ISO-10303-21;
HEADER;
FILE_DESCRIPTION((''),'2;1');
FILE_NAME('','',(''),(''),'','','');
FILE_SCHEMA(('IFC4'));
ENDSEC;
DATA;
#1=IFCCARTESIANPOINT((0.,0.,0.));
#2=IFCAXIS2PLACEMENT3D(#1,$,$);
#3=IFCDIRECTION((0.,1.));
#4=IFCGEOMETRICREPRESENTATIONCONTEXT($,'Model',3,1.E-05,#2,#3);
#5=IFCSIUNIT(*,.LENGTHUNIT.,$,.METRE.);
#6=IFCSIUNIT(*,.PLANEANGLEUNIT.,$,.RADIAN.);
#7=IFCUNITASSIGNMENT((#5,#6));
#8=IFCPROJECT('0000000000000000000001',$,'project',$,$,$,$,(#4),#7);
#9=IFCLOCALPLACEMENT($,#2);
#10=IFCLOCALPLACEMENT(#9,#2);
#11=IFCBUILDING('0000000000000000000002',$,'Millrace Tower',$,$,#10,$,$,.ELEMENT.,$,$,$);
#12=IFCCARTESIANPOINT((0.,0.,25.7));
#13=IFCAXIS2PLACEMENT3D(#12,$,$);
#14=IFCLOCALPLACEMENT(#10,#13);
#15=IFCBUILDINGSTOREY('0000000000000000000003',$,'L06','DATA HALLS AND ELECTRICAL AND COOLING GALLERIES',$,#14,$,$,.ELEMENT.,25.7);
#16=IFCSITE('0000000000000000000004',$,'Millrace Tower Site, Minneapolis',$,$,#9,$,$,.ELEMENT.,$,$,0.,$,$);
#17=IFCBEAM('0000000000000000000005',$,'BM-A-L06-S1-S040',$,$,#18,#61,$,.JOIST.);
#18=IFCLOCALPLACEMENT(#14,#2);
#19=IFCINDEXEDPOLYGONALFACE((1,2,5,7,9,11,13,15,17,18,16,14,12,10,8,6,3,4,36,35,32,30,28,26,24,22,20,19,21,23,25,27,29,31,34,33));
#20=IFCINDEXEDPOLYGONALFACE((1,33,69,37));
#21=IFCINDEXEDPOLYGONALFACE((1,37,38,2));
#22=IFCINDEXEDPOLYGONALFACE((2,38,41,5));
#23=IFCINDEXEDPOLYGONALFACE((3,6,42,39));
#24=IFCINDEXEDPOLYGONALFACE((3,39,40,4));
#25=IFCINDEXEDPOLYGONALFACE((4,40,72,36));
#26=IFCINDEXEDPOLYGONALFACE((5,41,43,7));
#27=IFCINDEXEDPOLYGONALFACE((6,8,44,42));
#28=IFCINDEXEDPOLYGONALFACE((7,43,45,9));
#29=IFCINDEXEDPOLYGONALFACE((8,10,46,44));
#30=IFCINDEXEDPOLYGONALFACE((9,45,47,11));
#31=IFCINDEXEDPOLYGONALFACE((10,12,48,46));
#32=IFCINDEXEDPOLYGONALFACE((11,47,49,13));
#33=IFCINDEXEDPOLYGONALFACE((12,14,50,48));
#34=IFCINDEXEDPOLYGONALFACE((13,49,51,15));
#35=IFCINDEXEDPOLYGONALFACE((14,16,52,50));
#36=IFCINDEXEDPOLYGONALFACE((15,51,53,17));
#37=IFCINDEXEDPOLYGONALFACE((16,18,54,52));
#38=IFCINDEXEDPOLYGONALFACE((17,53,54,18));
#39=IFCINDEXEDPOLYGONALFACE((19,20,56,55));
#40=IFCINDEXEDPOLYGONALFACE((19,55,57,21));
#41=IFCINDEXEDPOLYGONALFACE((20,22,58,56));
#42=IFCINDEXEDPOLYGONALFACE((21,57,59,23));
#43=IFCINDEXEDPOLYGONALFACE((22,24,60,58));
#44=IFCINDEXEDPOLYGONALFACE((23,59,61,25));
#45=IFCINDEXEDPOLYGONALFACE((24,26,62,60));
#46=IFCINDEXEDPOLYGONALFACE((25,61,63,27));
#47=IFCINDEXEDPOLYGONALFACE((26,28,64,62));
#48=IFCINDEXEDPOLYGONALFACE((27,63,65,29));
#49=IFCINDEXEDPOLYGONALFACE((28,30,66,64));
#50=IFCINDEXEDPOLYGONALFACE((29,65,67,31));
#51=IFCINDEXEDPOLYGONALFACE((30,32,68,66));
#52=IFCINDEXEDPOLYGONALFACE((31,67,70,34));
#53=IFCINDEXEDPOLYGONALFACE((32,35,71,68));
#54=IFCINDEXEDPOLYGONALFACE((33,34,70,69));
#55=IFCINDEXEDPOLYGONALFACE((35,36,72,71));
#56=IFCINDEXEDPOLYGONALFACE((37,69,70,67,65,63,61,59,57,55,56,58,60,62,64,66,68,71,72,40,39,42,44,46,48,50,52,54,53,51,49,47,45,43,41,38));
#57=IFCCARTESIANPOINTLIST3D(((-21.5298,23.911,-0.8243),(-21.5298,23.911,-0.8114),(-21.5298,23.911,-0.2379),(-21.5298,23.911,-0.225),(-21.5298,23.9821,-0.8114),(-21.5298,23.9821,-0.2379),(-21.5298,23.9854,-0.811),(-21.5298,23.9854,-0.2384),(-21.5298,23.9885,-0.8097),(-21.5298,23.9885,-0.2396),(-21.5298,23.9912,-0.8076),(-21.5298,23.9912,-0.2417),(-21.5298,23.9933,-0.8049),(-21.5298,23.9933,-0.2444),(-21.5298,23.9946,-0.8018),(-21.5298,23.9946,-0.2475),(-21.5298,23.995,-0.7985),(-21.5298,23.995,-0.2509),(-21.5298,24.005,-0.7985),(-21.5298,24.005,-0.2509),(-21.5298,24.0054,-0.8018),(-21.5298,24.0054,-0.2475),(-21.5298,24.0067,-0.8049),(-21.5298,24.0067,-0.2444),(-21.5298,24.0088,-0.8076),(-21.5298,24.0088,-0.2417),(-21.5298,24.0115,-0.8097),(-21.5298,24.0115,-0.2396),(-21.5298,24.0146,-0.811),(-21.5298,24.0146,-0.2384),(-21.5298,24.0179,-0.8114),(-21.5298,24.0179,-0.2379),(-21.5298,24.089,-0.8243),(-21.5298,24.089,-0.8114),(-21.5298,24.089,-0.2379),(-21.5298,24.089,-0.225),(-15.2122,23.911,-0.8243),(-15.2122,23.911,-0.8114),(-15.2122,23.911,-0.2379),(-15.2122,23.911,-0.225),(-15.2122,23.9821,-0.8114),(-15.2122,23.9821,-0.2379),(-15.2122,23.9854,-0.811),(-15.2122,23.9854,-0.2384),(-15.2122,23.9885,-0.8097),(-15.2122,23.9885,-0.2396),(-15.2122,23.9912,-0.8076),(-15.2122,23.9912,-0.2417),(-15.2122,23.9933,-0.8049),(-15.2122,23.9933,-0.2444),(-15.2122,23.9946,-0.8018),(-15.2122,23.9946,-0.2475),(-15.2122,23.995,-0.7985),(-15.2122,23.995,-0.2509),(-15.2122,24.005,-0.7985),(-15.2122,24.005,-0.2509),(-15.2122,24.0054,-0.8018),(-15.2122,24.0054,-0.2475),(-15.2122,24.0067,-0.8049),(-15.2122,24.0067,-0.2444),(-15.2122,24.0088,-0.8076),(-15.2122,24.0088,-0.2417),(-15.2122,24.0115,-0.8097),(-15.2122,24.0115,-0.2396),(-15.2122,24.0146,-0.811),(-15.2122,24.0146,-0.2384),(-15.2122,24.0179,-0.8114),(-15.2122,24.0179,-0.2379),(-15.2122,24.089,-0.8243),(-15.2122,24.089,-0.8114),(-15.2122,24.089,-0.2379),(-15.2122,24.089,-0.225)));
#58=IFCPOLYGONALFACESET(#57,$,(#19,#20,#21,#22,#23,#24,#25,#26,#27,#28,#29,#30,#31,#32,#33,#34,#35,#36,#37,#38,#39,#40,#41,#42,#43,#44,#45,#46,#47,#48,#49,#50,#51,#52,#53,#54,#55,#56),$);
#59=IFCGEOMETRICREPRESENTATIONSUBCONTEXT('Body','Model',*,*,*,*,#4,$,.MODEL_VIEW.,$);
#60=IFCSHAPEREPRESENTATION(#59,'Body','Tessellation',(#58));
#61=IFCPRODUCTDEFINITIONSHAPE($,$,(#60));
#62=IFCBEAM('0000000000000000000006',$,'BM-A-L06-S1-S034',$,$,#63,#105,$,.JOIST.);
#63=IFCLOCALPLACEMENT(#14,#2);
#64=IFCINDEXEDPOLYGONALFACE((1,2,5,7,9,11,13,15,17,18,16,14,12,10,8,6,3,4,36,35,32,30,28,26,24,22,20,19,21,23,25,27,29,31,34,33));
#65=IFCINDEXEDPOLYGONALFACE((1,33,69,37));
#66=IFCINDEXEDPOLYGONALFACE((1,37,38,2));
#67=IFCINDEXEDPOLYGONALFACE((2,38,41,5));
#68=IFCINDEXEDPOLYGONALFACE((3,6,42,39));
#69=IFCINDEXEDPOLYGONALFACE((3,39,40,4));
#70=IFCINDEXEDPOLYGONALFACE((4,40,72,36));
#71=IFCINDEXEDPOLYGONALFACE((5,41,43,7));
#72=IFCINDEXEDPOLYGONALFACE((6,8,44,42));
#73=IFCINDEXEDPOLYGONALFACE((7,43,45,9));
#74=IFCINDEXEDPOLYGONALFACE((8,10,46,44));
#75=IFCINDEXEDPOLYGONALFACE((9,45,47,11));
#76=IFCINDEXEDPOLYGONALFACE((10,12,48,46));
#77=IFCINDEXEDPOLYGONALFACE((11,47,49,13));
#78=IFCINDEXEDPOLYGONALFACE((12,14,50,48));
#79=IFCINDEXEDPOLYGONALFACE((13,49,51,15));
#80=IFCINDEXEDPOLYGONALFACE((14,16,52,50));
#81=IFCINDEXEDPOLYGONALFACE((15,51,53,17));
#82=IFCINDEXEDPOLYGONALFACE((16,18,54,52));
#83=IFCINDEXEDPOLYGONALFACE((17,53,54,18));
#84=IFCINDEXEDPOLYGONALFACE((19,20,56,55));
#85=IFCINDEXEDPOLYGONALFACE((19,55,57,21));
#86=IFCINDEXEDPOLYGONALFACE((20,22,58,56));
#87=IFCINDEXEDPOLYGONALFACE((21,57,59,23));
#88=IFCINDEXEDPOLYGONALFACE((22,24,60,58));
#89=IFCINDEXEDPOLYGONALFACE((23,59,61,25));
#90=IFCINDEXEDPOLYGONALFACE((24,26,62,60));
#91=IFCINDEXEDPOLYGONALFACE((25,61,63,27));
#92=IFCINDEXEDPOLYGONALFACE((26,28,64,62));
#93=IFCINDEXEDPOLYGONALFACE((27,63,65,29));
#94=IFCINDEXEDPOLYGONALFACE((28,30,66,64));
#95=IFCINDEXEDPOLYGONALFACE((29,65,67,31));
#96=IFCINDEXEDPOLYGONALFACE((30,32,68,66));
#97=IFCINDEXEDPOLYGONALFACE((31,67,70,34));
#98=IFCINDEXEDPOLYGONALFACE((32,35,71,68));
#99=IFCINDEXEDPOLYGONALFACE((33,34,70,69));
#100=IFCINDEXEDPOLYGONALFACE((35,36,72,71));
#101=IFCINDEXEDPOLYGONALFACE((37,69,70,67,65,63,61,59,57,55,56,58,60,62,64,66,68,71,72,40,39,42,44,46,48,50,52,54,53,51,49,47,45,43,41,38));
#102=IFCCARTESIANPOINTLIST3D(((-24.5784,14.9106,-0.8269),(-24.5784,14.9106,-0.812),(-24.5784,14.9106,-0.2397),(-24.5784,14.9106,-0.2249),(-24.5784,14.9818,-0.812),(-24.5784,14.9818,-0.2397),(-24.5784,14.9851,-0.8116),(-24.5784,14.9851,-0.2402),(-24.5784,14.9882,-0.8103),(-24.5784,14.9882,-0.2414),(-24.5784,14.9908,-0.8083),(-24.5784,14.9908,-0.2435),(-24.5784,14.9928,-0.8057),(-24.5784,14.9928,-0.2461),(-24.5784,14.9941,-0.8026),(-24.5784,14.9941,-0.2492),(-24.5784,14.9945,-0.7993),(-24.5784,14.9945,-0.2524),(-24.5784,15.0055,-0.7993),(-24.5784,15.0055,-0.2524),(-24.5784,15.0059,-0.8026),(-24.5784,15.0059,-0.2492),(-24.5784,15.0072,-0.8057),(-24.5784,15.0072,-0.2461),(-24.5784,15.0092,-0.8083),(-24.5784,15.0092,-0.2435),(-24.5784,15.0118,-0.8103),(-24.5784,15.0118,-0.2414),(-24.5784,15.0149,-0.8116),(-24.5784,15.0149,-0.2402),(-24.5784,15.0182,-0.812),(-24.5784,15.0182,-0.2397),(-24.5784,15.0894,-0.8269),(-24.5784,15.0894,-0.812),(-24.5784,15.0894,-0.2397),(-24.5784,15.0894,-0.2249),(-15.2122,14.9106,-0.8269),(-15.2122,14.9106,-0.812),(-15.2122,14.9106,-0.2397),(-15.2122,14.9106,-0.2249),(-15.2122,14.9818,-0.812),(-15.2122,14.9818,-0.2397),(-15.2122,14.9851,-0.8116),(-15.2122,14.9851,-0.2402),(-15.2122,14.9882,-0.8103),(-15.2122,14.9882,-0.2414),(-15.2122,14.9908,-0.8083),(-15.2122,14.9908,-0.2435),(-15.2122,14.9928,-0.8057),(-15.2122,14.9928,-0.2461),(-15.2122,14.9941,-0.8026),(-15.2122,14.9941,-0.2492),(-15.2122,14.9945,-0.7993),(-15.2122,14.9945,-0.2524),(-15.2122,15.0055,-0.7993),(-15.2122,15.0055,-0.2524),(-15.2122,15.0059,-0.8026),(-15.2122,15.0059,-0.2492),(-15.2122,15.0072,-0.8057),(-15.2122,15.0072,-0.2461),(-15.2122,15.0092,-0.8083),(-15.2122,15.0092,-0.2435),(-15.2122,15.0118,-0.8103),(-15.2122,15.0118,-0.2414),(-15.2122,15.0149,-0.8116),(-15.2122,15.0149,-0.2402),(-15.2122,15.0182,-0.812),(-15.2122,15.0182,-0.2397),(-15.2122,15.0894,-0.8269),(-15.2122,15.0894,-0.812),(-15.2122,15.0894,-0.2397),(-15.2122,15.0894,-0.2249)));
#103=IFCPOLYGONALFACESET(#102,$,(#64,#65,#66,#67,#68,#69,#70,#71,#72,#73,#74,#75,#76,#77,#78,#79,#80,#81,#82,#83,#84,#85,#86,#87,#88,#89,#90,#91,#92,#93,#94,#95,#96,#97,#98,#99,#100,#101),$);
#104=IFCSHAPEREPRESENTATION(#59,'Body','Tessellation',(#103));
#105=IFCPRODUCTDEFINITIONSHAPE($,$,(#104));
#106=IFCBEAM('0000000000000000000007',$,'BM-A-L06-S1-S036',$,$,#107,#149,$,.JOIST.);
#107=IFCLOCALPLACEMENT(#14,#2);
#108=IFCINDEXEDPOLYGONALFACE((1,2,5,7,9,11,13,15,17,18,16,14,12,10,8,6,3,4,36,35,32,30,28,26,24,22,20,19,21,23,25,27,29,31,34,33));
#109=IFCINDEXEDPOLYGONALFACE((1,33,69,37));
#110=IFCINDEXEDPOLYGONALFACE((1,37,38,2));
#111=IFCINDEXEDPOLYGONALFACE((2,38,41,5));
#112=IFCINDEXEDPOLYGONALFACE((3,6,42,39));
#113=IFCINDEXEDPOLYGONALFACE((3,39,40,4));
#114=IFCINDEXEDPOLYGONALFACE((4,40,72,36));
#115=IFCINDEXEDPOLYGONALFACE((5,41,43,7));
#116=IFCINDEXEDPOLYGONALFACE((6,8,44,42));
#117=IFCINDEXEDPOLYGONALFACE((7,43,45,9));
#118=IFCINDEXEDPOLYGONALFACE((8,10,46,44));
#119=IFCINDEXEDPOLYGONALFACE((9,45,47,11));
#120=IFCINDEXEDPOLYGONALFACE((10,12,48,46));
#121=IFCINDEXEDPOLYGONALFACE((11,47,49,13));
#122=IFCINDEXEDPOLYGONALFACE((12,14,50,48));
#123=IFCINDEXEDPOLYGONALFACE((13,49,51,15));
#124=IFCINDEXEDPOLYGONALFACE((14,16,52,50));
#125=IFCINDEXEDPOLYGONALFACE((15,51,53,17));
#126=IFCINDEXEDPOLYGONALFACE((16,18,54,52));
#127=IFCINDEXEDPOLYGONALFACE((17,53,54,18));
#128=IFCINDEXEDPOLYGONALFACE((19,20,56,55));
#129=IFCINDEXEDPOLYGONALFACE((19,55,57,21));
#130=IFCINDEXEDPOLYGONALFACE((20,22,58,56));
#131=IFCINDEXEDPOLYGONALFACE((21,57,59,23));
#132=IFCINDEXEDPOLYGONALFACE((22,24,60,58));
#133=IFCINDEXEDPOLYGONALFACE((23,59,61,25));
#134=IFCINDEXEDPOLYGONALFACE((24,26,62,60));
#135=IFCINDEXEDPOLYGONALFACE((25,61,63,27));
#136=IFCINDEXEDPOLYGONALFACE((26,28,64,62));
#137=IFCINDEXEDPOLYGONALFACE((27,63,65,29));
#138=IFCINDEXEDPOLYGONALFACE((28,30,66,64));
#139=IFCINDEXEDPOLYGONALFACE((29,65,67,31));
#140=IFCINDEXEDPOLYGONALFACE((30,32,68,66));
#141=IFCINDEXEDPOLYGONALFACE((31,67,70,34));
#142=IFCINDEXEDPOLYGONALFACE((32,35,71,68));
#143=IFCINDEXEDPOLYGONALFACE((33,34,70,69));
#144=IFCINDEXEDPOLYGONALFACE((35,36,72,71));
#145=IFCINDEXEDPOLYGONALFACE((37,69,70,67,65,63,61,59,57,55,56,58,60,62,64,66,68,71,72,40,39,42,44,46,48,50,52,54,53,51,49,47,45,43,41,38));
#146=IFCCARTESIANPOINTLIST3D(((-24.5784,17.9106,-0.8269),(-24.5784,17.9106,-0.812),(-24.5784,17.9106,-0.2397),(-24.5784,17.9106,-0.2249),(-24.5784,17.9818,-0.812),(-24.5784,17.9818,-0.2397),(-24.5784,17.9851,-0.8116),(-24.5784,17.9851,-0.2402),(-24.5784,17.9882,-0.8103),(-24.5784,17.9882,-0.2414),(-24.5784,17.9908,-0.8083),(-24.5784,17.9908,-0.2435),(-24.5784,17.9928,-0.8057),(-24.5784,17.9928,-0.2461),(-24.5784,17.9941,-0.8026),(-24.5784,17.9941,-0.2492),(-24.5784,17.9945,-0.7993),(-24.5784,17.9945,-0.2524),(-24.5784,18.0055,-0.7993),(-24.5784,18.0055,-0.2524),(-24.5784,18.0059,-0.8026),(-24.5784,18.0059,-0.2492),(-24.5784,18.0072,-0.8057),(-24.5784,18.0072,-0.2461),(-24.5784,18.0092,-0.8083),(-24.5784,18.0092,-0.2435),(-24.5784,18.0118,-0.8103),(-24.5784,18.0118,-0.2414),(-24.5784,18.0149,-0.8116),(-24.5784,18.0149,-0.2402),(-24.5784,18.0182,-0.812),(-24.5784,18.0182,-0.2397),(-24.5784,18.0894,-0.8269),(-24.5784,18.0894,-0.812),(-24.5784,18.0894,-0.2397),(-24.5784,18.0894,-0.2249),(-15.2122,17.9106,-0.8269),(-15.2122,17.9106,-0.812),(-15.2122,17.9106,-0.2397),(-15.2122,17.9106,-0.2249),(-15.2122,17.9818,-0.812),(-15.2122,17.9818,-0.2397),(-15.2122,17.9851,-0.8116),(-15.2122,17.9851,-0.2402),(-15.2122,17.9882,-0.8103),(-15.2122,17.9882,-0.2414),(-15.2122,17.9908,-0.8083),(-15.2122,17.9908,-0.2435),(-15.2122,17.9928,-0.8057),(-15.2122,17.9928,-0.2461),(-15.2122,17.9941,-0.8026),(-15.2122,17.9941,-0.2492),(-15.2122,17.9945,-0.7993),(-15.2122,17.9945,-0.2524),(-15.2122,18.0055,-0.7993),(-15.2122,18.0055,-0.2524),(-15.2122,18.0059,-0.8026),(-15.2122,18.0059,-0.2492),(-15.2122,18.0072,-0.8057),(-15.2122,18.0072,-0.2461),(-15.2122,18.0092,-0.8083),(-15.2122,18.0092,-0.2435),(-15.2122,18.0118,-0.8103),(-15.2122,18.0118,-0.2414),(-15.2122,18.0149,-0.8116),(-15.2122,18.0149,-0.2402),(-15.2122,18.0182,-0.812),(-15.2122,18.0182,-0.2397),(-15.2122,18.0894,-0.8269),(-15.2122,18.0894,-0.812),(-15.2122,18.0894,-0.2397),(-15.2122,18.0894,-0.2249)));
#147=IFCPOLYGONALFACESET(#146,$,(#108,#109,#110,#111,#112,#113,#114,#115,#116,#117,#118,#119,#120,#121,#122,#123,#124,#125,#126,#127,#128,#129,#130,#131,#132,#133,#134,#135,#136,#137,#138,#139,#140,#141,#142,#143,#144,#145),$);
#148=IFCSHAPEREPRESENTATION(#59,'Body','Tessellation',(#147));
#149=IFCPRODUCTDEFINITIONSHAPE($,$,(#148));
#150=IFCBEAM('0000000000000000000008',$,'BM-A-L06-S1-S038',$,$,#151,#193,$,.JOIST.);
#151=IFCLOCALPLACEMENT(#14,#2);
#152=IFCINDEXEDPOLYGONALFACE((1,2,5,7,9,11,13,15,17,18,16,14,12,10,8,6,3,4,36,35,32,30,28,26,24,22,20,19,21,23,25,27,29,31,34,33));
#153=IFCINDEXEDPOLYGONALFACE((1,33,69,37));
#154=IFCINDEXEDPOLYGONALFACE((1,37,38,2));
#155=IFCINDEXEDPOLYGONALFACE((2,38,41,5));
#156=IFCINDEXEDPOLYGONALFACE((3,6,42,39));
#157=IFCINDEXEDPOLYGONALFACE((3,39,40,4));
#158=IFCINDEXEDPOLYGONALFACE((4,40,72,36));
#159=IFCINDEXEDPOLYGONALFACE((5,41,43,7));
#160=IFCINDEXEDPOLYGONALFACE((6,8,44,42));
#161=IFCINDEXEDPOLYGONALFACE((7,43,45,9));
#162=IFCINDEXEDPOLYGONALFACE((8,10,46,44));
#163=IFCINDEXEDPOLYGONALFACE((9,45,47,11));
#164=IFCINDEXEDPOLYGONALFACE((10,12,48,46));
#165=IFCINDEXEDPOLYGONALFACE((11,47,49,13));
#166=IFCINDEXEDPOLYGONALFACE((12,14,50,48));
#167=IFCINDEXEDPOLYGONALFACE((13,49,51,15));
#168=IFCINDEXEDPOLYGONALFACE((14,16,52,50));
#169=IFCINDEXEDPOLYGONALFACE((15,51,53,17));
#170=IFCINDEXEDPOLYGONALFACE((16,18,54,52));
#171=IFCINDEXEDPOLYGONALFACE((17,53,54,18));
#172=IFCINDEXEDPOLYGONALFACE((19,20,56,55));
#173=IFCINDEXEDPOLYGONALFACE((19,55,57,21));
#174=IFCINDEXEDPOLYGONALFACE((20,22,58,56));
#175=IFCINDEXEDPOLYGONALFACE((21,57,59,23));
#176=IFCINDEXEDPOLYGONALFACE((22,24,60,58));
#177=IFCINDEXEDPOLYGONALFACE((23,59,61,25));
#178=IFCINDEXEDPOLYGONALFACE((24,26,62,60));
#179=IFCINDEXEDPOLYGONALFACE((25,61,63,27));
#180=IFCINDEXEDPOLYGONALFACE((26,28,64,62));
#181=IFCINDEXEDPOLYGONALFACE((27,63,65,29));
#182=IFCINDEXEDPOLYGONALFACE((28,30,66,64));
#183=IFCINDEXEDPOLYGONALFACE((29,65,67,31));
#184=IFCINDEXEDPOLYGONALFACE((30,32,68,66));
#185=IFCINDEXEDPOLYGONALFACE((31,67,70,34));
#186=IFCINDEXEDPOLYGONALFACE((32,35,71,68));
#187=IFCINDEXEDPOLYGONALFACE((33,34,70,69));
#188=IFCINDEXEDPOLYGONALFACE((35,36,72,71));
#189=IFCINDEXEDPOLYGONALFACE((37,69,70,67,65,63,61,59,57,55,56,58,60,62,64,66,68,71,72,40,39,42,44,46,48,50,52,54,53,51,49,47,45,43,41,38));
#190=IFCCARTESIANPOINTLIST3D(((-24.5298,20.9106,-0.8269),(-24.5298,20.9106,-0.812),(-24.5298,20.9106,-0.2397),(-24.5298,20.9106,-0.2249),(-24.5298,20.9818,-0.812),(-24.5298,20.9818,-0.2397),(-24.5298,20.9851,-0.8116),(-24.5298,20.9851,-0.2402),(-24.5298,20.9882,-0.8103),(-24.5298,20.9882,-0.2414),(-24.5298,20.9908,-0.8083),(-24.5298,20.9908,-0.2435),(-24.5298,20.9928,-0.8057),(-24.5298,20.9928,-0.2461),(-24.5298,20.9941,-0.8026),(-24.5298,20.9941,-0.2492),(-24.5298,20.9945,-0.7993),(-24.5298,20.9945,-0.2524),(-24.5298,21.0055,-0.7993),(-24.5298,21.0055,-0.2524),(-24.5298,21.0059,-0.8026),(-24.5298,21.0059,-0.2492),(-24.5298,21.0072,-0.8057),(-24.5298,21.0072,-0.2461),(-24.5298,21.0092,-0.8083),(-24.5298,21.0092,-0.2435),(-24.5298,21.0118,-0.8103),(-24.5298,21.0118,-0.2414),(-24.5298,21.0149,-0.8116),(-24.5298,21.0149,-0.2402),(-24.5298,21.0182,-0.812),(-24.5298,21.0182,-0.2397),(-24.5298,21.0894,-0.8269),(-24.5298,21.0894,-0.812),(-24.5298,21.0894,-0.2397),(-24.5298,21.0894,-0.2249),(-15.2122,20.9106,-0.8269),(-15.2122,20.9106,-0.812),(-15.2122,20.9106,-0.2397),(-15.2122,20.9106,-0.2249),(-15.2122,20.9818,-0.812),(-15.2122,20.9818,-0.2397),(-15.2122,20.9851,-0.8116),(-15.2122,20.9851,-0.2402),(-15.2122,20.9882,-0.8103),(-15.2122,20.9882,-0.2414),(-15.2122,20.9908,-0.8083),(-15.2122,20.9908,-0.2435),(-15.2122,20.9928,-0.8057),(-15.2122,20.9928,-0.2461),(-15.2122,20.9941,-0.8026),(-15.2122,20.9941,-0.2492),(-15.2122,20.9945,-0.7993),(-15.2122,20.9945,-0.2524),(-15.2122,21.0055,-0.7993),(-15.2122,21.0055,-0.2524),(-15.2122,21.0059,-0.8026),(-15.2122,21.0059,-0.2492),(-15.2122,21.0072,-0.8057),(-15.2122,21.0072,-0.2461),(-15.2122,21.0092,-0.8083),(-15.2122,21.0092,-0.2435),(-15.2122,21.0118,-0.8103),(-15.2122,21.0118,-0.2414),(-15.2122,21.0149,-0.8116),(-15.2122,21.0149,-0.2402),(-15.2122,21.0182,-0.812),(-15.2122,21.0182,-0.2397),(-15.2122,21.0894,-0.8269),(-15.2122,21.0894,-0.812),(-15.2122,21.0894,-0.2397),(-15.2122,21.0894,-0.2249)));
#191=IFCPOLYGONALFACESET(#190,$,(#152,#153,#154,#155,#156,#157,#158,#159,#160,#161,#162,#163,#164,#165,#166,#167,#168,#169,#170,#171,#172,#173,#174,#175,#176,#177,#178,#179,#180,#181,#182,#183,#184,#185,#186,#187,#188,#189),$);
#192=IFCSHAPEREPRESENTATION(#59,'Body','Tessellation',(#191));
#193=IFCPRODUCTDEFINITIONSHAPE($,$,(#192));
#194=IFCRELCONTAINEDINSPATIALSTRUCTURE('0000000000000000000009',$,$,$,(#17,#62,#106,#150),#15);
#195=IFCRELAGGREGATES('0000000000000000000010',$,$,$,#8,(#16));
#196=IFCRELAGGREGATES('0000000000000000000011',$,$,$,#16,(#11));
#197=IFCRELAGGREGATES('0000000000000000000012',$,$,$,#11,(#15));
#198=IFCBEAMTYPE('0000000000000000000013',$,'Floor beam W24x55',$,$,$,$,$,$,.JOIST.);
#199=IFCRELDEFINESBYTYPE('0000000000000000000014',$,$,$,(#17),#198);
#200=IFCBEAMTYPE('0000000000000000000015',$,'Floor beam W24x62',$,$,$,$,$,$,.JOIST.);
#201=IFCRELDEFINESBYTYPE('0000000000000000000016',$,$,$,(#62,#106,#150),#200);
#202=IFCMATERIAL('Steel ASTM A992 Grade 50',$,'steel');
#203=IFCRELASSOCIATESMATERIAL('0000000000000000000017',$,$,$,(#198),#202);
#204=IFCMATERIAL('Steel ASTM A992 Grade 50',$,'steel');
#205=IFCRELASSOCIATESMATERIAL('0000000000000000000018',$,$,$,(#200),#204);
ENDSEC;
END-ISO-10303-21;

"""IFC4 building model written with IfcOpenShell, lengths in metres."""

from ifc_helpers import new_model, si_unit, direction, frame, origin, origin_2d, place, context, subcontext, project, spatial, i_section, extrude, material, material_profile, profile_set, type_object, element, save


model = new_model("IFC4")

# Units and contexts
model_context = context("Model", 3, precision=1e-05, world=origin(), true_north=direction((0.0, 1.0)))
body_context = subcontext(model_context, "Body", "Model", "MODEL_VIEW")
ifc_project = project(units=[si_unit("LENGTHUNIT", "METRE"), si_unit("PLANEANGLEUNIT", "RADIAN")], contexts=[model_context])

# Site, building, storey
site_placement = place(None, origin())
site = spatial("IfcSite", under=ifc_project, at=site_placement, Name="Millrace Tower Site, Minneapolis", CompositionType="ELEMENT", RefElevation=0.0)
building_placement = place(site_placement, origin())
building = spatial("IfcBuilding", under=site, at=building_placement, Name="Millrace Tower", CompositionType="ELEMENT")
storey_placement = place(building_placement, frame((0.0, 0.0, 25.7)))
storey = spatial("IfcBuildingStorey", under=building, at=storey_placement, Name="L06", Description="DATA HALLS AND ELECTRICAL AND COOLING GALLERIES", CompositionType="ELEMENT", Elevation=25.7)

# Beams
ifc_material_1 = material(Name="Steel ASTM A992 Grade 50", Category="steel")
ifc_material_profile_1 = material_profile(ifc_material_1, i_section(OverallWidth=0.178, OverallDepth=0.5994, WebThickness=0.01, FlangeThickness=0.0129, FilletRadius=0.0129, at=origin_2d()))
ifc_profile_set_1 = profile_set([ifc_material_profile_1], Name="Steel ASTM A992 Grade 50")
beam_type_1 = type_object("IfcBeamType", Name="Floor beam W24x55", PredefinedType="JOIST", material=ifc_profile_set_1)
beam_1_placement = place(storey_placement, frame((-21.5298, 24.0, -0.5247), z_axis=(1.0, 0.0, 0.0), x_axis=(0.0, 1.0, 0.0)))
element("IfcBeam", 1, at=beam_1_placement, inside=storey, type_object=beam_type_1, Name="BM-A-L06-S1-S040", PredefinedType="JOIST", context=body_context, shape_type="SweptSolid", body=[
    extrude(i_section(OverallWidth=0.178, OverallDepth=0.5994, WebThickness=0.01, FlangeThickness=0.0129, FilletRadius=0.0129, at=origin_2d()), origin(), (0.0, 0.0, 1.0), 6.3176),
])
ifc_material_2 = material(Name="Steel ASTM A992 Grade 50", Category="steel")
ifc_material_profile_2 = material_profile(ifc_material_2, i_section(OverallWidth=0.1787, OverallDepth=0.6021, WebThickness=0.011, FlangeThickness=0.0149, FilletRadius=0.0127, at=origin_2d()))
ifc_profile_set_2 = profile_set([ifc_material_profile_2], Name="Steel ASTM A992 Grade 50")
beam_type_2 = type_object("IfcBeamType", Name="Floor beam W24x62", PredefinedType="JOIST", material=ifc_profile_set_2)
for number, where, z_axis, x_axis, name in (
    (2, (-24.5784, 15.0, -0.5259), (1.0, 0.0, 0.0), (0.0, 1.0, 0.0), "BM-A-L06-S1-S034"),
    (3, (-24.5784, 18.0, -0.5259), (1.0, 0.0, 0.0), (0.0, 1.0, 0.0), "BM-A-L06-S1-S036"),
):
    element("IfcBeam", number, at=place(storey_placement, frame(where, z_axis=z_axis, x_axis=x_axis)), inside=storey, type_object=beam_type_2, Name=name, PredefinedType="JOIST", context=body_context, shape_type="SweptSolid", body=[
        extrude(i_section(OverallWidth=0.1787, OverallDepth=0.6021, WebThickness=0.011, FlangeThickness=0.0149, FilletRadius=0.0127, at=origin_2d()), origin(), (0.0, 0.0, 1.0), 9.3662),
    ])
beam_2_placement = place(storey_placement, frame((-24.5298, 21.0, -0.5259), z_axis=(1.0, 0.0, 0.0), x_axis=(0.0, 1.0, 0.0)))
element("IfcBeam", 4, at=beam_2_placement, inside=storey, type_object=beam_type_2, Name="BM-A-L06-S1-S038", PredefinedType="JOIST", context=body_context, shape_type="SweptSolid", body=[
    extrude(i_section(OverallWidth=0.1787, OverallDepth=0.6021, WebThickness=0.011, FlangeThickness=0.0149, FilletRadius=0.0127, at=origin_2d()), origin(), (0.0, 0.0, 1.0), 9.3176),
])

save(model, "model.ifc")
